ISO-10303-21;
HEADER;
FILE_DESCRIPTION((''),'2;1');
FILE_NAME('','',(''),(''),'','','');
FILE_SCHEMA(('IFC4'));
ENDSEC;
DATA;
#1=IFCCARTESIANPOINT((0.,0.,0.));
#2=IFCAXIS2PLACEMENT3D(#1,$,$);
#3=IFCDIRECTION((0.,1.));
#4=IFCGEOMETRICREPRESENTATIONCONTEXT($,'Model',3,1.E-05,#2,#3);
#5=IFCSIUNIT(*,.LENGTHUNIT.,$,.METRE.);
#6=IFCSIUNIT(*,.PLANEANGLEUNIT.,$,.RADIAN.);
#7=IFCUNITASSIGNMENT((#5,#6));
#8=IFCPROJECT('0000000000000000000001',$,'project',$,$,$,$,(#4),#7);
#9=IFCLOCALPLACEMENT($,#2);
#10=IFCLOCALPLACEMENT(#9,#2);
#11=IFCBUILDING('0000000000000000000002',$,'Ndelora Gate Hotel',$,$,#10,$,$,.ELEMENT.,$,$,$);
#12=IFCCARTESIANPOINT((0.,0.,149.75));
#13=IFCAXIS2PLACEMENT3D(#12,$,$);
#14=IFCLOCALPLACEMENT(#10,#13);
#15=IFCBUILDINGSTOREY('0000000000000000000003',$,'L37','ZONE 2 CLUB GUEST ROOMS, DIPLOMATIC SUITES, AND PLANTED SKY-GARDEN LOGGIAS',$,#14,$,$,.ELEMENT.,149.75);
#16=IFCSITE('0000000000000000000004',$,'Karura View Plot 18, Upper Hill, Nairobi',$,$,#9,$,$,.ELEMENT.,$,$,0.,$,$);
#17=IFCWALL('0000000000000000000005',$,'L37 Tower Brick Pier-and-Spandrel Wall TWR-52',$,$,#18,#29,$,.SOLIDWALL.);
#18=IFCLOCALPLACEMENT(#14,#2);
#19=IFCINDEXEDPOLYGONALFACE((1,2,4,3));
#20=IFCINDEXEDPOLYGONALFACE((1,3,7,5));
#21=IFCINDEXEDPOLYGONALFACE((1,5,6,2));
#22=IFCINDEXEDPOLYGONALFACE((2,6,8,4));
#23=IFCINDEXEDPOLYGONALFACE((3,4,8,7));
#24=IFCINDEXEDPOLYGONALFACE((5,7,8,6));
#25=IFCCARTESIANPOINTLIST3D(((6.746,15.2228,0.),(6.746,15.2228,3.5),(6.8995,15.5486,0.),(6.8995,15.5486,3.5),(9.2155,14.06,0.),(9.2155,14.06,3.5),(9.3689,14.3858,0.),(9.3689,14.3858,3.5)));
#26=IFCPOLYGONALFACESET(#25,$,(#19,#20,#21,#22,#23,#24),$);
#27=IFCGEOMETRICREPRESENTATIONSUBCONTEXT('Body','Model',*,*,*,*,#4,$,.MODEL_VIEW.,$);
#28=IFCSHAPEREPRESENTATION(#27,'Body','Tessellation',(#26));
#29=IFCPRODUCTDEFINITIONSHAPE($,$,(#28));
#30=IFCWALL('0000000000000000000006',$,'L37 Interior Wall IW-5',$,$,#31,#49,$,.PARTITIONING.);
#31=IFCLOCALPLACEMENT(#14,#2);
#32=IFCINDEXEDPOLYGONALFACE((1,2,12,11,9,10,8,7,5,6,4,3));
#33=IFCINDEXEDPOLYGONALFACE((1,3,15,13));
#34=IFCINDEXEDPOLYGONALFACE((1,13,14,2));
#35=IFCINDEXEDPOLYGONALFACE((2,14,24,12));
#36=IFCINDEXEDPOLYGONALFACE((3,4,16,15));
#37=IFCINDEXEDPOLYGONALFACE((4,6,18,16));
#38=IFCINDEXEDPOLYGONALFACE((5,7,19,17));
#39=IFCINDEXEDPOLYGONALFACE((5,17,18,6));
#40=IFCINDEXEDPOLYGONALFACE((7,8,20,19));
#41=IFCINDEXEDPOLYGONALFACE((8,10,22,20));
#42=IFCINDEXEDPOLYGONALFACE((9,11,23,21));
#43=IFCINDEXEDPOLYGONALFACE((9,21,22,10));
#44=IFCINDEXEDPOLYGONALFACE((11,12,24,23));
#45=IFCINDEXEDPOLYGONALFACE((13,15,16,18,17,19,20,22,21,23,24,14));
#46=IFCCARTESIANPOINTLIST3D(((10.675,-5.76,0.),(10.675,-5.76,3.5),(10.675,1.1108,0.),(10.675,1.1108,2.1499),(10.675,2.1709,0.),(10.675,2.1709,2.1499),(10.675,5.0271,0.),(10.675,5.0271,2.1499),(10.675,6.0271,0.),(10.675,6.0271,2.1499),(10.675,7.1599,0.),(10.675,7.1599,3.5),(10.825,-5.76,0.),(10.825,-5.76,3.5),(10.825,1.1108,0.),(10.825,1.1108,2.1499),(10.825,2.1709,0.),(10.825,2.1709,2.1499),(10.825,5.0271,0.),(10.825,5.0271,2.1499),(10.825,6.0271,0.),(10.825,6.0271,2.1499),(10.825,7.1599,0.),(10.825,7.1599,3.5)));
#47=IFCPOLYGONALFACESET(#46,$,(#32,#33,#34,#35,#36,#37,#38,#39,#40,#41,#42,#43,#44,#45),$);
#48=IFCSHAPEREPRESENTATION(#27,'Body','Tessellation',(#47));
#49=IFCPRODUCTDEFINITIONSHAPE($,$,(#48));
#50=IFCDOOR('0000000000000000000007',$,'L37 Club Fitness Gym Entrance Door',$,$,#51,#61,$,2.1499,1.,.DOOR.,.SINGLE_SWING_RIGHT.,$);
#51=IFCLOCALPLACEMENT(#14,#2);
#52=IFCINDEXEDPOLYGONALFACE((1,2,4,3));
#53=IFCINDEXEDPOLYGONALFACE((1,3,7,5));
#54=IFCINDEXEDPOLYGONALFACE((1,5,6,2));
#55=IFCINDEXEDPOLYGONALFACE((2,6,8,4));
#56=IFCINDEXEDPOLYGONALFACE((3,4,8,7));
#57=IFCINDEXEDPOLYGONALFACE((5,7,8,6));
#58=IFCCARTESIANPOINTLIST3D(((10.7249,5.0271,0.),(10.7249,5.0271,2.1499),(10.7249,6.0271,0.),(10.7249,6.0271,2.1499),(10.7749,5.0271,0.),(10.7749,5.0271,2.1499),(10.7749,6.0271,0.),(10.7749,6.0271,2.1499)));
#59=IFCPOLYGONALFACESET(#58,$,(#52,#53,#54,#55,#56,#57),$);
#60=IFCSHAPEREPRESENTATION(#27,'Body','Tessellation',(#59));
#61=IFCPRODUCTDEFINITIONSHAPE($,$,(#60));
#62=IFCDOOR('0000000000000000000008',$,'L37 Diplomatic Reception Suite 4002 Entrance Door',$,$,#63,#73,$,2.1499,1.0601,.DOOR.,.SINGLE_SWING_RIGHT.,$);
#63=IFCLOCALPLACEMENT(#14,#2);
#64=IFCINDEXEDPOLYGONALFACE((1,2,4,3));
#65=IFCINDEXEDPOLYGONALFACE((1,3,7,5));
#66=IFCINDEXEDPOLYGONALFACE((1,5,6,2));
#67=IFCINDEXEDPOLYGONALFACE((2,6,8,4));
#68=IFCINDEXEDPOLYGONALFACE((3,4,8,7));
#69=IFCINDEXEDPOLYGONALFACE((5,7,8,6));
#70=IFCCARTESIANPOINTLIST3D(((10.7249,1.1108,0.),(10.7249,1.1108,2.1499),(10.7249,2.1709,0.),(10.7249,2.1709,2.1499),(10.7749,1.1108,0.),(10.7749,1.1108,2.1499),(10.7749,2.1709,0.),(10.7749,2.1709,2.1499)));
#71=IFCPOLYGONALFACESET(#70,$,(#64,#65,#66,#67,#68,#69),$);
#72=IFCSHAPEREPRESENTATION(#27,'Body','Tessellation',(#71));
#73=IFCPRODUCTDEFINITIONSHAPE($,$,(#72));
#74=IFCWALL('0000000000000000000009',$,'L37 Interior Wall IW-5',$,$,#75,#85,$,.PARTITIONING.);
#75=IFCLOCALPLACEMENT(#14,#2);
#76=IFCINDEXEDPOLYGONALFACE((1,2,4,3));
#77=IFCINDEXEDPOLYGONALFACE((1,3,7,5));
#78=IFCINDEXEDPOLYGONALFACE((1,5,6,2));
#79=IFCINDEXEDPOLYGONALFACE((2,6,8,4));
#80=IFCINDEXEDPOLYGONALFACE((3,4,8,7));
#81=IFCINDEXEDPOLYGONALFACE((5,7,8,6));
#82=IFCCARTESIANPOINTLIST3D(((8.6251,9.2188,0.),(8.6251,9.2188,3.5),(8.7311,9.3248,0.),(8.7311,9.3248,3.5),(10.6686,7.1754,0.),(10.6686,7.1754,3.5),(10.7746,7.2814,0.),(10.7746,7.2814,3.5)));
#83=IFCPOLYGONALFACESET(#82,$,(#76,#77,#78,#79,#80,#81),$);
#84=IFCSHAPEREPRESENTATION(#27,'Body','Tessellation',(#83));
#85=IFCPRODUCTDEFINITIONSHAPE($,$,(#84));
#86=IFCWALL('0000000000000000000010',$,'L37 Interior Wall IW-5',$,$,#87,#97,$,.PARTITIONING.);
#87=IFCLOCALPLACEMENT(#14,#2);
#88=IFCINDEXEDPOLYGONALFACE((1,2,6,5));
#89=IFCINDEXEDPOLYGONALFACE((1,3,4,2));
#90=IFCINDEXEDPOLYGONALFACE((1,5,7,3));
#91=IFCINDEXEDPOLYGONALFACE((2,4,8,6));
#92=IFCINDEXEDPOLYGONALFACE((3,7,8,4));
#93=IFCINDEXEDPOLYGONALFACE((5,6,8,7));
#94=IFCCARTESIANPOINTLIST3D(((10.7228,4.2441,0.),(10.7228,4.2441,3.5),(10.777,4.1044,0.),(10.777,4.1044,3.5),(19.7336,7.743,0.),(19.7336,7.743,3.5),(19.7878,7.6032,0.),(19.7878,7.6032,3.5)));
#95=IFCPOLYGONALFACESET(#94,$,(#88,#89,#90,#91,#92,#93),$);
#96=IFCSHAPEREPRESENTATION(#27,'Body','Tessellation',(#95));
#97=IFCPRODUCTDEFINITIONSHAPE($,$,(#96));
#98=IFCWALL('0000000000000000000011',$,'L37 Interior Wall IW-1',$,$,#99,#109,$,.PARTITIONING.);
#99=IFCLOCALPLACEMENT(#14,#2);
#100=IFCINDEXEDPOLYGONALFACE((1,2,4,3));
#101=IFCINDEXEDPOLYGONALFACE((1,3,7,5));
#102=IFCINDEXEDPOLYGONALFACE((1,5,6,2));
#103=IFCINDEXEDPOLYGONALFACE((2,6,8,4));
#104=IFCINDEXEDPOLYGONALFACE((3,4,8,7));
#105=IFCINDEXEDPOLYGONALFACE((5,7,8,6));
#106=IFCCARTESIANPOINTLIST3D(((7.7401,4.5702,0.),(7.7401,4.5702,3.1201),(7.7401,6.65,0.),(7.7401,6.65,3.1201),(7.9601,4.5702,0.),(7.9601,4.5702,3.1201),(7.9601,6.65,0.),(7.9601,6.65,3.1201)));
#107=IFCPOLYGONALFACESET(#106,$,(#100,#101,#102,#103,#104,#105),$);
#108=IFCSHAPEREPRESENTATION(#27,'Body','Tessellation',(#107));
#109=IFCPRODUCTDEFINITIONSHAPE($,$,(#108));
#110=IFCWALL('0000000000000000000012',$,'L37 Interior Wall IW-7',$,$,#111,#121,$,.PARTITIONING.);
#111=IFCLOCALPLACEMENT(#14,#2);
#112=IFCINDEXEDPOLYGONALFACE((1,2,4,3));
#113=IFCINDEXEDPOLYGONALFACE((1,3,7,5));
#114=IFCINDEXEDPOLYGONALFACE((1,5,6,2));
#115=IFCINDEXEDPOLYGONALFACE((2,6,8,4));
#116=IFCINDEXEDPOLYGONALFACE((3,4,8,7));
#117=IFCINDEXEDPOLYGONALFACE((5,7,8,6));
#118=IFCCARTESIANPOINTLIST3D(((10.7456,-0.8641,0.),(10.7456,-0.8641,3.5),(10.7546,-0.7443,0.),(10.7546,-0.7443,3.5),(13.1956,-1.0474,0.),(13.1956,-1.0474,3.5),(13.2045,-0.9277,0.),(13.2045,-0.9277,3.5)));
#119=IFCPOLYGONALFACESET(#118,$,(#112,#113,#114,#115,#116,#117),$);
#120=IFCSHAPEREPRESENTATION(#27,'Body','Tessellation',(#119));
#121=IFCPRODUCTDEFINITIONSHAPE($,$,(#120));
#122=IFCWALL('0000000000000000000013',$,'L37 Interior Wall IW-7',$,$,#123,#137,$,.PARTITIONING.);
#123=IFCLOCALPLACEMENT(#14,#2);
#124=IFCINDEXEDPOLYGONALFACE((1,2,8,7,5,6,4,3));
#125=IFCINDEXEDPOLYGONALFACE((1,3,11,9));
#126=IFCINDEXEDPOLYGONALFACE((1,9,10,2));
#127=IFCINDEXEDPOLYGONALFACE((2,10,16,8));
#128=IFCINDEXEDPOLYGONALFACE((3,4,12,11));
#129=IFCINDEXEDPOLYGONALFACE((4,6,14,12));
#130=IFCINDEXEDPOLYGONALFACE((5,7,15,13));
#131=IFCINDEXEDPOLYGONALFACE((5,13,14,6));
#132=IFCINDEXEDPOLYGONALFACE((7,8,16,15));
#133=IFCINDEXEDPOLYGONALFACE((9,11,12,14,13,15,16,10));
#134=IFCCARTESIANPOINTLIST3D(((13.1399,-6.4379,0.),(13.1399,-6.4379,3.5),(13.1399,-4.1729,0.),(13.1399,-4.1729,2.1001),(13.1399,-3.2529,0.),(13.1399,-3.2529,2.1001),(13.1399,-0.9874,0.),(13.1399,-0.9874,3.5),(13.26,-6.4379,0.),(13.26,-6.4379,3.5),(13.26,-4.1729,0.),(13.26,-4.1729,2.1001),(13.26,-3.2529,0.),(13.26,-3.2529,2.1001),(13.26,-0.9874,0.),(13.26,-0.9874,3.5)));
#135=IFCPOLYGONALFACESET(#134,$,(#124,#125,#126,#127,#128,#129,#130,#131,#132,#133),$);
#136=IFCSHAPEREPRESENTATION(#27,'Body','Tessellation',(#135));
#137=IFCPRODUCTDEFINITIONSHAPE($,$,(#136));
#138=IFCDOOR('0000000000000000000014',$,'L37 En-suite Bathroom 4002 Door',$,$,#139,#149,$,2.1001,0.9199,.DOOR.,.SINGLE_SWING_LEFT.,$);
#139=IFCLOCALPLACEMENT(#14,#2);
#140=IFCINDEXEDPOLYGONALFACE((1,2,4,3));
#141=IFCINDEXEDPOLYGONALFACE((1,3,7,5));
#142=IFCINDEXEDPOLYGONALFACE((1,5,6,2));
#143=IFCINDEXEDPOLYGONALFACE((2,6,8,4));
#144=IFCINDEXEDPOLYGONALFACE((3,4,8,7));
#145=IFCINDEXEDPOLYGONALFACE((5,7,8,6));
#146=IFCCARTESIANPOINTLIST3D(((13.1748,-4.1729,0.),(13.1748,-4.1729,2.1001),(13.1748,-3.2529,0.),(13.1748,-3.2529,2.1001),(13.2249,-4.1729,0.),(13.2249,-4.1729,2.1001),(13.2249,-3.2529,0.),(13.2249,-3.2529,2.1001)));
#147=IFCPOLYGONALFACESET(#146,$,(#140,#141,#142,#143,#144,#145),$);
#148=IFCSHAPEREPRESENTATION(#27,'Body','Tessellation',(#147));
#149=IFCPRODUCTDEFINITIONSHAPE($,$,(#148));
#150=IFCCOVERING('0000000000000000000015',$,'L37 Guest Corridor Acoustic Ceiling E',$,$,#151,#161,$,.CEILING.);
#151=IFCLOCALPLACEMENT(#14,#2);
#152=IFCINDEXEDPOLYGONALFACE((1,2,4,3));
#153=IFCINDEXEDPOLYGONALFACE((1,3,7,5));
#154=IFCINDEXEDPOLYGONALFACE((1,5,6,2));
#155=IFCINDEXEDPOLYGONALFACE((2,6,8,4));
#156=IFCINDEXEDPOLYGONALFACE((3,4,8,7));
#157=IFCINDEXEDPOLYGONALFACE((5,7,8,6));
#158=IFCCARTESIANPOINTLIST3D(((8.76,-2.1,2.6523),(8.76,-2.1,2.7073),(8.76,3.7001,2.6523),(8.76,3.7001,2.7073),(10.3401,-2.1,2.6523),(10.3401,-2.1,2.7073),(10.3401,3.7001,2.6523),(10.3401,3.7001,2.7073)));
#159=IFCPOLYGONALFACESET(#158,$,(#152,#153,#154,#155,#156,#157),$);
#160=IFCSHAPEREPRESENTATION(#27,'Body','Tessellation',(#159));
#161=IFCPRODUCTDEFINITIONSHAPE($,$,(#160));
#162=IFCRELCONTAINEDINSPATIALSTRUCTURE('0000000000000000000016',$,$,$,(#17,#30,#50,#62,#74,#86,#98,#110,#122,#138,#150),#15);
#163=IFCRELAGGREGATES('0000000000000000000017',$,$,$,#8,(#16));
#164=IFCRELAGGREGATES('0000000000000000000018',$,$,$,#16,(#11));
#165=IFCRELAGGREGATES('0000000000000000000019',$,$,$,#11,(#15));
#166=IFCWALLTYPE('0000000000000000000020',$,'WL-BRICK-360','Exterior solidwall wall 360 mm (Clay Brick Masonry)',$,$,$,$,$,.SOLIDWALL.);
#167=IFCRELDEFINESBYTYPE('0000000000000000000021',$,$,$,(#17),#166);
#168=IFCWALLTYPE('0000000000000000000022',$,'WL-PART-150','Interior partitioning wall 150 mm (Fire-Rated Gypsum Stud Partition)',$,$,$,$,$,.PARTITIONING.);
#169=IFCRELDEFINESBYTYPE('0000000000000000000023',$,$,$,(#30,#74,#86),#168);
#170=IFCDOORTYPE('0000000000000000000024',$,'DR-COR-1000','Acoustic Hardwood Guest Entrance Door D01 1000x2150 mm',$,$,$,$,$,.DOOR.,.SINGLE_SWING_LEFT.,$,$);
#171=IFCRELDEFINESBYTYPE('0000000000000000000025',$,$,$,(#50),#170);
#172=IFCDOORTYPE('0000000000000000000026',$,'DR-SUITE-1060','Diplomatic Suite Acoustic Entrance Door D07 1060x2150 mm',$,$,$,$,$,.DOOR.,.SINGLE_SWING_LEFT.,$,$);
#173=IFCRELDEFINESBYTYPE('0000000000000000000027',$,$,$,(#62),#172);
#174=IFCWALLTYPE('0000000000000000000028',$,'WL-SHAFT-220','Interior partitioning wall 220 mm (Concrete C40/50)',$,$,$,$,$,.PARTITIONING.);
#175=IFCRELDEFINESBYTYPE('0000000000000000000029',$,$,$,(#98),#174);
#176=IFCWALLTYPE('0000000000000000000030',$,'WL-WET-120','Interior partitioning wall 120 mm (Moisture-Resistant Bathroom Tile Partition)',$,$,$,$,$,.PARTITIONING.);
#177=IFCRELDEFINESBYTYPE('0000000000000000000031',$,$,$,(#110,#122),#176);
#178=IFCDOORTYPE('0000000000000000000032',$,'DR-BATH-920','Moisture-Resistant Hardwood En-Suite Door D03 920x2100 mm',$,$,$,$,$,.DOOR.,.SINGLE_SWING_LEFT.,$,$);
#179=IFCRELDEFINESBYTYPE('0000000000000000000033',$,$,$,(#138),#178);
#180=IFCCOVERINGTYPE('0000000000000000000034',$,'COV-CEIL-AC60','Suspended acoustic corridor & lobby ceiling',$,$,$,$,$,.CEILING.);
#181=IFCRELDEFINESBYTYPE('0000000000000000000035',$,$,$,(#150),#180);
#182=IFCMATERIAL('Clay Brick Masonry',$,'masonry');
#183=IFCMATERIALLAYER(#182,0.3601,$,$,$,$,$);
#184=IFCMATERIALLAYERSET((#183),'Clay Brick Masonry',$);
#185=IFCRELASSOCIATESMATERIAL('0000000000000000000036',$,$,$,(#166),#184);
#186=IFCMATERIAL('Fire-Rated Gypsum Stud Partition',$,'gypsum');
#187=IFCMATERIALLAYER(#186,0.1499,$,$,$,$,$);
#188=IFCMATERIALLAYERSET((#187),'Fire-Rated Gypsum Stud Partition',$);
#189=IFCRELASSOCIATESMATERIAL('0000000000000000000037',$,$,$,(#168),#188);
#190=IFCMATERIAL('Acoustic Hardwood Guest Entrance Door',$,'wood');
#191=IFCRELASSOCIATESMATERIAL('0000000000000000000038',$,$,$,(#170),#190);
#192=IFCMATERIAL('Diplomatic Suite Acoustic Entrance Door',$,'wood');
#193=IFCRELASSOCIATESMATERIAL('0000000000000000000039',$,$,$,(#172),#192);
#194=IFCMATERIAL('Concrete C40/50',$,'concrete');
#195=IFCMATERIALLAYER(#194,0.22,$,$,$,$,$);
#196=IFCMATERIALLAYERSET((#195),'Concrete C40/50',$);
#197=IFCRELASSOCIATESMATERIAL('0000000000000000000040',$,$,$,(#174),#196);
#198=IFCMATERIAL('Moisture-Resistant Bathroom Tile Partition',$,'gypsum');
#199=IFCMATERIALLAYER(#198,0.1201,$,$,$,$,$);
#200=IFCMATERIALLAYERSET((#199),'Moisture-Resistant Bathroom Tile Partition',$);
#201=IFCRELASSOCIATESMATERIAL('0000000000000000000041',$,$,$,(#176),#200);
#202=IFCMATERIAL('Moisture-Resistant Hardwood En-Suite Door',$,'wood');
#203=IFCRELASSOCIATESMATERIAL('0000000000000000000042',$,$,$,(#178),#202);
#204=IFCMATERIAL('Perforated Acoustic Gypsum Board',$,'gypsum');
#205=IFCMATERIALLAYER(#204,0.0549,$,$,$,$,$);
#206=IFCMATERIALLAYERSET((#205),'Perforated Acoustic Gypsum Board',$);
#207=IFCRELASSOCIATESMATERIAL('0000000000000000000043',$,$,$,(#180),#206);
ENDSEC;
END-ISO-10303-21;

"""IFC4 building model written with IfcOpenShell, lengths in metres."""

from ifc_helpers import new_model, si_unit, direction, frame, frame_2d, origin, origin_2d, place, context, subcontext, project, spatial, rectangle, extrude, material, layer, layer_set, type_object, element, fill, save


model = new_model("IFC4")

# Units and contexts
model_context = context("Model", 3, precision=1e-05, world=origin(), true_north=direction((0.0, 1.0)))
body_context = subcontext(model_context, "Body", "Model", "MODEL_VIEW")
ifc_project = project(units=[si_unit("LENGTHUNIT", "METRE"), si_unit("PLANEANGLEUNIT", "RADIAN")], contexts=[model_context])

# Site, building, storey
site_placement = place(None, origin())
site = spatial("IfcSite", under=ifc_project, at=site_placement, Name="Karura View Plot 18, Upper Hill, Nairobi", CompositionType="ELEMENT", RefElevation=0.0)
building_placement = place(site_placement, origin())
building = spatial("IfcBuilding", under=site, at=building_placement, Name="Ndelora Gate Hotel", CompositionType="ELEMENT")
storey_placement = place(building_placement, frame((0.0, 0.0, 149.75)))
storey = spatial("IfcBuildingStorey", under=building, at=storey_placement, Name="L37", Description="ZONE 2 CLUB GUEST ROOMS, DIPLOMATIC SUITES, AND PLANTED SKY-GARDEN LOGGIAS", CompositionType="ELEMENT", Elevation=149.75)

# Shared definitions
ifc_material_1 = material(Name="Clay Brick Masonry", Category="masonry")
ifc_layer_1 = layer(ifc_material_1, 0.3601)
ifc_layer_set_1 = layer_set([ifc_layer_1], Name="Clay Brick Masonry")
wall_type_1 = type_object("IfcWallType", Name="WL-BRICK-360", Description="Exterior solidwall wall 360 mm (Clay Brick Masonry)", PredefinedType="SOLIDWALL", material=ifc_layer_set_1)

# Wall
wall_1_placement = place(storey_placement, frame((6.8228, 15.3857, 0.0), z_axis=(0.0, 0.0, 1.0), x_axis=(0.904715, -0.426017, 0.0)))
element("IfcWall", 1, at=wall_1_placement, inside=storey, type_object=wall_type_1, Name="L37 Tower Brick Pier-and-Spandrel Wall TWR-52", PredefinedType="SOLIDWALL", context=body_context, shape_type="SweptSolid", body=[
    extrude(rectangle(XDim=2.7295, YDim=0.3601, at=frame_2d((1.3647, 0.0))), origin(), (0.0, 0.0, 1.0), 3.5),
])

# Shared definitions
ifc_material_2 = material(Name="Concrete C40/50", Category="concrete")

# Wall, openings, doors
ifc_material_3 = material(Name="Fire-Rated Gypsum Stud Partition", Category="gypsum")
ifc_layer_2 = layer(ifc_material_3, 0.1499)
ifc_layer_set_2 = layer_set([ifc_layer_2], Name="Fire-Rated Gypsum Stud Partition")
wall_type_2 = type_object("IfcWallType", Name="WL-PART-150", Description="Interior partitioning wall 150 mm (Fire-Rated Gypsum Stud Partition)", PredefinedType="PARTITIONING", material=ifc_layer_set_2)
wall_2_placement = place(storey_placement, frame((10.75, 7.1599, 0.0), z_axis=(0.0, 0.0, 1.0), x_axis=(0.0, -1.0, 0.0)))
wall_2 = element("IfcWall", 2, at=wall_2_placement, inside=storey, type_object=wall_type_2, Name="L37 Interior Wall IW-5", PredefinedType="PARTITIONING", context=body_context, shape_type="SweptSolid", body=[
    extrude(rectangle(XDim=12.9199, YDim=0.1499, at=frame_2d((6.46, 0.0))), origin(), (0.0, 0.0, 1.0), 3.5),
])
opening_1_placement = place(wall_2_placement, frame((1.1328, 0.0, 0.0)))
opening_1 = element("IfcOpeningElement", 3, at=opening_1_placement, cuts=wall_2, PredefinedType="OPENING", context=body_context, shape_type="SweptSolid", body=[
    extrude(rectangle(XDim=1.0, YDim=2.1499, at=frame_2d((0.5, 1.075))), frame((0.0, 0.085, 0.0), z_axis=(0.0, -1.0, 0.0), x_axis=(1.0, 0.0, 0.0)), (0.0, 0.0, 1.0), 0.1699),
])
opening_2_placement = place(wall_2_placement, frame((4.989, 0.0, 0.0)))
opening_2 = element("IfcOpeningElement", 4, at=opening_2_placement, cuts=wall_2, PredefinedType="OPENING", context=body_context, shape_type="SweptSolid", body=[
    extrude(rectangle(XDim=1.0601, YDim=2.1499, at=frame_2d((0.53, 1.075))), frame((0.0, 0.085, 0.0), z_axis=(0.0, -1.0, 0.0), x_axis=(1.0, 0.0, 0.0)), (0.0, 0.0, 1.0), 0.1699),
])
ifc_material_4 = material(Name="Acoustic Hardwood Guest Entrance Door", Category="wood")
door_type_1 = type_object("IfcDoorType", Name="DR-COR-1000", Description="Acoustic Hardwood Guest Entrance Door D01 1000x2150 mm", OperationType="SINGLE_SWING_LEFT", PredefinedType="DOOR", material=ifc_material_4)
door_1_placement = place(opening_1_placement, origin())
door_1 = element("IfcDoor", 5, at=door_1_placement, inside=storey, type_object=door_type_1, Name="L37 Club Fitness Gym Entrance Door", OperationType="SINGLE_SWING_RIGHT", OverallHeight=2.1499, OverallWidth=1.0, PredefinedType="DOOR", context=body_context, shape_type="SweptSolid", body=[
    extrude(rectangle(XDim=1.0, YDim=2.1499, at=frame_2d((0.5, 1.075))), frame((0.0, 0.0249, 0.0), z_axis=(0.0, -1.0, 0.0), x_axis=(1.0, 0.0, 0.0)), (0.0, 0.0, 1.0), 0.05),
])
fill(opening_1, door_1)
ifc_material_5 = material(Name="Diplomatic Suite Acoustic Entrance Door", Category="wood")
door_type_2 = type_object("IfcDoorType", Name="DR-SUITE-1060", Description="Diplomatic Suite Acoustic Entrance Door D07 1060x2150 mm", OperationType="SINGLE_SWING_LEFT", PredefinedType="DOOR", material=ifc_material_5)
door_2_placement = place(opening_2_placement, origin())
door_2 = element("IfcDoor", 6, at=door_2_placement, inside=storey, type_object=door_type_2, Name="L37 Diplomatic Reception Suite 4002 Entrance Door", OperationType="SINGLE_SWING_RIGHT", OverallHeight=2.1499, OverallWidth=1.0601, PredefinedType="DOOR", context=body_context, shape_type="SweptSolid", body=[
    extrude(rectangle(XDim=1.0601, YDim=2.1499, at=frame_2d((0.53, 1.075))), frame((0.0, 0.0249, 0.0), z_axis=(0.0, -1.0, 0.0), x_axis=(1.0, 0.0, 0.0)), (0.0, 0.0, 1.0), 0.05),
])
fill(opening_2, door_2)

# Walls
wall_3_placement = place(storey_placement, frame((8.6782, 9.2717, 0.0), z_axis=(0.0, 0.0, 1.0), x_axis=(0.707107, -0.707107, 0.0)))
element("IfcWall", 7, at=wall_3_placement, inside=storey, type_object=wall_type_2, Name="L37 Interior Wall IW-5", PredefinedType="PARTITIONING", context=body_context, shape_type="SweptSolid", body=[
    extrude(rectangle(XDim=2.8899, YDim=0.1499, at=frame_2d((1.4448, 0.0))), origin(), (0.0, 0.0, 1.0), 3.5),
])
wall_4_placement = place(storey_placement, frame((10.75, 4.1743, 0.0), z_axis=(0.0, 0.0, 1.0), x_axis=(0.932193, 0.361961, 0.0)))
element("IfcWall", 8, at=wall_4_placement, inside=storey, type_object=wall_type_2, Name="L37 Interior Wall IW-5", PredefinedType="PARTITIONING", context=body_context, shape_type="SweptSolid", body=[
    extrude(rectangle(XDim=9.6663, YDim=0.1499, at=frame_2d((4.833, 0.0))), origin(), (0.0, 0.0, 1.0), 3.5),
])
ifc_layer_3 = layer(ifc_material_2, 0.22)
ifc_layer_set_3 = layer_set([ifc_layer_3], Name="Concrete C40/50")
wall_type_3 = type_object("IfcWallType", Name="WL-SHAFT-220", Description="Interior partitioning wall 220 mm (Concrete C40/50)", PredefinedType="PARTITIONING", material=ifc_layer_set_3)
wall_5_placement = place(storey_placement, frame((7.8501, 4.5701, 0.0), z_axis=(0.0, 0.0, 1.0), x_axis=(0.0, 1.0, 0.0)))
element("IfcWall", 9, at=wall_5_placement, inside=storey, type_object=wall_type_3, Name="L37 Interior Wall IW-1", PredefinedType="PARTITIONING", context=body_context, shape_type="SweptSolid", body=[
    extrude(rectangle(XDim=2.0798, YDim=0.22, at=frame_2d((1.04, 0.0))), origin(), (0.0, 0.0, 1.0), 3.1201),
])
ifc_material_6 = material(Name="Moisture-Resistant Bathroom Tile Partition", Category="gypsum")
ifc_layer_4 = layer(ifc_material_6, 0.1201)
ifc_layer_set_4 = layer_set([ifc_layer_4], Name="Moisture-Resistant Bathroom Tile Partition")
wall_type_4 = type_object("IfcWallType", Name="WL-WET-120", Description="Interior partitioning wall 120 mm (Moisture-Resistant Bathroom Tile Partition)", PredefinedType="PARTITIONING", material=ifc_layer_set_4)
wall_6_placement = place(storey_placement, frame((10.75, -0.8042, 0.0), z_axis=(0.0, 0.0, 1.0), x_axis=(0.997211, -0.074629, 0.0)))
element("IfcWall", 10, at=wall_6_placement, inside=storey, type_object=wall_type_4, Name="L37 Interior Wall IW-7", PredefinedType="PARTITIONING", context=body_context, shape_type="SweptSolid", body=[
    extrude(rectangle(XDim=2.4568, YDim=0.1201, at=frame_2d((1.2285, 0.0))), origin(), (0.0, 0.0, 1.0), 3.5),
])

# Wall, opening, door
wall_7_placement = place(storey_placement, frame((13.2, -0.9875, 0.0), z_axis=(0.0, 0.0, 1.0), x_axis=(0.0, -1.0, 0.0)))
wall_7 = element("IfcWall", 11, at=wall_7_placement, inside=storey, type_object=wall_type_4, Name="L37 Interior Wall IW-7", PredefinedType="PARTITIONING", context=body_context, shape_type="SweptSolid", body=[
    extrude(rectangle(XDim=5.4504, YDim=0.1201, at=frame_2d((2.7251, 0.0))), origin(), (0.0, 0.0, 1.0), 3.5),
])
opening_3_placement = place(wall_7_placement, frame((2.2654, 0.0, 0.0)))
opening_3 = element("IfcOpeningElement", 12, at=opening_3_placement, cuts=wall_7, PredefinedType="OPENING", context=body_context, shape_type="SweptSolid", body=[
    extrude(rectangle(XDim=0.9199, YDim=2.1001, at=frame_2d((0.46, 1.05))), frame((0.0, 0.0701, 0.0), z_axis=(0.0, -1.0, 0.0), x_axis=(1.0, 0.0, 0.0)), (0.0, 0.0, 1.0), 0.1401),
])
ifc_material_7 = material(Name="Moisture-Resistant Hardwood En-Suite Door", Category="wood")
door_type_3 = type_object("IfcDoorType", Name="DR-BATH-920", Description="Moisture-Resistant Hardwood En-Suite Door D03 920x2100 mm", OperationType="SINGLE_SWING_LEFT", PredefinedType="DOOR", material=ifc_material_7)
door_3_placement = place(opening_3_placement, origin())
door_3 = element("IfcDoor", 13, at=door_3_placement, inside=storey, type_object=door_type_3, Name="L37 En-suite Bathroom 4002 Door", OperationType="SINGLE_SWING_LEFT", OverallHeight=2.1001, OverallWidth=0.9199, PredefinedType="DOOR", context=body_context, shape_type="SweptSolid", body=[
    extrude(rectangle(XDim=0.9199, YDim=2.1001, at=frame_2d((0.46, 1.05))), frame((0.0, 0.0249, 0.0), z_axis=(0.0, -1.0, 0.0), x_axis=(1.0, 0.0, 0.0)), (0.0, 0.0, 1.0), 0.05),
])
fill(opening_3, door_3)

# Covering
ifc_material_8 = material(Name="Perforated Acoustic Gypsum Board", Category="gypsum")
ifc_layer_5 = layer(ifc_material_8, 0.0549)
ifc_layer_set_5 = layer_set([ifc_layer_5], Name="Perforated Acoustic Gypsum Board")
covering_type_1 = type_object("IfcCoveringType", Name="COV-CEIL-AC60", Description="Suspended acoustic corridor & lobby ceiling", PredefinedType="CEILING", material=ifc_layer_set_5)
covering_1_placement = place(storey_placement, frame((9.55, 0.8, 2.6523), z_axis=(0.0, 0.0, 1.0), x_axis=(1.0, 0.0, 0.0)))
element("IfcCovering", 14, at=covering_1_placement, inside=storey, type_object=covering_type_1, Name="L37 Guest Corridor Acoustic Ceiling E", PredefinedType="CEILING", context=body_context, shape_type="SweptSolid", body=[
    extrude(rectangle(XDim=1.5801, YDim=5.8, at=origin_2d()), origin(), (0.0, 0.0, 1.0), 0.0549),
])

save(model, "model.ifc")
